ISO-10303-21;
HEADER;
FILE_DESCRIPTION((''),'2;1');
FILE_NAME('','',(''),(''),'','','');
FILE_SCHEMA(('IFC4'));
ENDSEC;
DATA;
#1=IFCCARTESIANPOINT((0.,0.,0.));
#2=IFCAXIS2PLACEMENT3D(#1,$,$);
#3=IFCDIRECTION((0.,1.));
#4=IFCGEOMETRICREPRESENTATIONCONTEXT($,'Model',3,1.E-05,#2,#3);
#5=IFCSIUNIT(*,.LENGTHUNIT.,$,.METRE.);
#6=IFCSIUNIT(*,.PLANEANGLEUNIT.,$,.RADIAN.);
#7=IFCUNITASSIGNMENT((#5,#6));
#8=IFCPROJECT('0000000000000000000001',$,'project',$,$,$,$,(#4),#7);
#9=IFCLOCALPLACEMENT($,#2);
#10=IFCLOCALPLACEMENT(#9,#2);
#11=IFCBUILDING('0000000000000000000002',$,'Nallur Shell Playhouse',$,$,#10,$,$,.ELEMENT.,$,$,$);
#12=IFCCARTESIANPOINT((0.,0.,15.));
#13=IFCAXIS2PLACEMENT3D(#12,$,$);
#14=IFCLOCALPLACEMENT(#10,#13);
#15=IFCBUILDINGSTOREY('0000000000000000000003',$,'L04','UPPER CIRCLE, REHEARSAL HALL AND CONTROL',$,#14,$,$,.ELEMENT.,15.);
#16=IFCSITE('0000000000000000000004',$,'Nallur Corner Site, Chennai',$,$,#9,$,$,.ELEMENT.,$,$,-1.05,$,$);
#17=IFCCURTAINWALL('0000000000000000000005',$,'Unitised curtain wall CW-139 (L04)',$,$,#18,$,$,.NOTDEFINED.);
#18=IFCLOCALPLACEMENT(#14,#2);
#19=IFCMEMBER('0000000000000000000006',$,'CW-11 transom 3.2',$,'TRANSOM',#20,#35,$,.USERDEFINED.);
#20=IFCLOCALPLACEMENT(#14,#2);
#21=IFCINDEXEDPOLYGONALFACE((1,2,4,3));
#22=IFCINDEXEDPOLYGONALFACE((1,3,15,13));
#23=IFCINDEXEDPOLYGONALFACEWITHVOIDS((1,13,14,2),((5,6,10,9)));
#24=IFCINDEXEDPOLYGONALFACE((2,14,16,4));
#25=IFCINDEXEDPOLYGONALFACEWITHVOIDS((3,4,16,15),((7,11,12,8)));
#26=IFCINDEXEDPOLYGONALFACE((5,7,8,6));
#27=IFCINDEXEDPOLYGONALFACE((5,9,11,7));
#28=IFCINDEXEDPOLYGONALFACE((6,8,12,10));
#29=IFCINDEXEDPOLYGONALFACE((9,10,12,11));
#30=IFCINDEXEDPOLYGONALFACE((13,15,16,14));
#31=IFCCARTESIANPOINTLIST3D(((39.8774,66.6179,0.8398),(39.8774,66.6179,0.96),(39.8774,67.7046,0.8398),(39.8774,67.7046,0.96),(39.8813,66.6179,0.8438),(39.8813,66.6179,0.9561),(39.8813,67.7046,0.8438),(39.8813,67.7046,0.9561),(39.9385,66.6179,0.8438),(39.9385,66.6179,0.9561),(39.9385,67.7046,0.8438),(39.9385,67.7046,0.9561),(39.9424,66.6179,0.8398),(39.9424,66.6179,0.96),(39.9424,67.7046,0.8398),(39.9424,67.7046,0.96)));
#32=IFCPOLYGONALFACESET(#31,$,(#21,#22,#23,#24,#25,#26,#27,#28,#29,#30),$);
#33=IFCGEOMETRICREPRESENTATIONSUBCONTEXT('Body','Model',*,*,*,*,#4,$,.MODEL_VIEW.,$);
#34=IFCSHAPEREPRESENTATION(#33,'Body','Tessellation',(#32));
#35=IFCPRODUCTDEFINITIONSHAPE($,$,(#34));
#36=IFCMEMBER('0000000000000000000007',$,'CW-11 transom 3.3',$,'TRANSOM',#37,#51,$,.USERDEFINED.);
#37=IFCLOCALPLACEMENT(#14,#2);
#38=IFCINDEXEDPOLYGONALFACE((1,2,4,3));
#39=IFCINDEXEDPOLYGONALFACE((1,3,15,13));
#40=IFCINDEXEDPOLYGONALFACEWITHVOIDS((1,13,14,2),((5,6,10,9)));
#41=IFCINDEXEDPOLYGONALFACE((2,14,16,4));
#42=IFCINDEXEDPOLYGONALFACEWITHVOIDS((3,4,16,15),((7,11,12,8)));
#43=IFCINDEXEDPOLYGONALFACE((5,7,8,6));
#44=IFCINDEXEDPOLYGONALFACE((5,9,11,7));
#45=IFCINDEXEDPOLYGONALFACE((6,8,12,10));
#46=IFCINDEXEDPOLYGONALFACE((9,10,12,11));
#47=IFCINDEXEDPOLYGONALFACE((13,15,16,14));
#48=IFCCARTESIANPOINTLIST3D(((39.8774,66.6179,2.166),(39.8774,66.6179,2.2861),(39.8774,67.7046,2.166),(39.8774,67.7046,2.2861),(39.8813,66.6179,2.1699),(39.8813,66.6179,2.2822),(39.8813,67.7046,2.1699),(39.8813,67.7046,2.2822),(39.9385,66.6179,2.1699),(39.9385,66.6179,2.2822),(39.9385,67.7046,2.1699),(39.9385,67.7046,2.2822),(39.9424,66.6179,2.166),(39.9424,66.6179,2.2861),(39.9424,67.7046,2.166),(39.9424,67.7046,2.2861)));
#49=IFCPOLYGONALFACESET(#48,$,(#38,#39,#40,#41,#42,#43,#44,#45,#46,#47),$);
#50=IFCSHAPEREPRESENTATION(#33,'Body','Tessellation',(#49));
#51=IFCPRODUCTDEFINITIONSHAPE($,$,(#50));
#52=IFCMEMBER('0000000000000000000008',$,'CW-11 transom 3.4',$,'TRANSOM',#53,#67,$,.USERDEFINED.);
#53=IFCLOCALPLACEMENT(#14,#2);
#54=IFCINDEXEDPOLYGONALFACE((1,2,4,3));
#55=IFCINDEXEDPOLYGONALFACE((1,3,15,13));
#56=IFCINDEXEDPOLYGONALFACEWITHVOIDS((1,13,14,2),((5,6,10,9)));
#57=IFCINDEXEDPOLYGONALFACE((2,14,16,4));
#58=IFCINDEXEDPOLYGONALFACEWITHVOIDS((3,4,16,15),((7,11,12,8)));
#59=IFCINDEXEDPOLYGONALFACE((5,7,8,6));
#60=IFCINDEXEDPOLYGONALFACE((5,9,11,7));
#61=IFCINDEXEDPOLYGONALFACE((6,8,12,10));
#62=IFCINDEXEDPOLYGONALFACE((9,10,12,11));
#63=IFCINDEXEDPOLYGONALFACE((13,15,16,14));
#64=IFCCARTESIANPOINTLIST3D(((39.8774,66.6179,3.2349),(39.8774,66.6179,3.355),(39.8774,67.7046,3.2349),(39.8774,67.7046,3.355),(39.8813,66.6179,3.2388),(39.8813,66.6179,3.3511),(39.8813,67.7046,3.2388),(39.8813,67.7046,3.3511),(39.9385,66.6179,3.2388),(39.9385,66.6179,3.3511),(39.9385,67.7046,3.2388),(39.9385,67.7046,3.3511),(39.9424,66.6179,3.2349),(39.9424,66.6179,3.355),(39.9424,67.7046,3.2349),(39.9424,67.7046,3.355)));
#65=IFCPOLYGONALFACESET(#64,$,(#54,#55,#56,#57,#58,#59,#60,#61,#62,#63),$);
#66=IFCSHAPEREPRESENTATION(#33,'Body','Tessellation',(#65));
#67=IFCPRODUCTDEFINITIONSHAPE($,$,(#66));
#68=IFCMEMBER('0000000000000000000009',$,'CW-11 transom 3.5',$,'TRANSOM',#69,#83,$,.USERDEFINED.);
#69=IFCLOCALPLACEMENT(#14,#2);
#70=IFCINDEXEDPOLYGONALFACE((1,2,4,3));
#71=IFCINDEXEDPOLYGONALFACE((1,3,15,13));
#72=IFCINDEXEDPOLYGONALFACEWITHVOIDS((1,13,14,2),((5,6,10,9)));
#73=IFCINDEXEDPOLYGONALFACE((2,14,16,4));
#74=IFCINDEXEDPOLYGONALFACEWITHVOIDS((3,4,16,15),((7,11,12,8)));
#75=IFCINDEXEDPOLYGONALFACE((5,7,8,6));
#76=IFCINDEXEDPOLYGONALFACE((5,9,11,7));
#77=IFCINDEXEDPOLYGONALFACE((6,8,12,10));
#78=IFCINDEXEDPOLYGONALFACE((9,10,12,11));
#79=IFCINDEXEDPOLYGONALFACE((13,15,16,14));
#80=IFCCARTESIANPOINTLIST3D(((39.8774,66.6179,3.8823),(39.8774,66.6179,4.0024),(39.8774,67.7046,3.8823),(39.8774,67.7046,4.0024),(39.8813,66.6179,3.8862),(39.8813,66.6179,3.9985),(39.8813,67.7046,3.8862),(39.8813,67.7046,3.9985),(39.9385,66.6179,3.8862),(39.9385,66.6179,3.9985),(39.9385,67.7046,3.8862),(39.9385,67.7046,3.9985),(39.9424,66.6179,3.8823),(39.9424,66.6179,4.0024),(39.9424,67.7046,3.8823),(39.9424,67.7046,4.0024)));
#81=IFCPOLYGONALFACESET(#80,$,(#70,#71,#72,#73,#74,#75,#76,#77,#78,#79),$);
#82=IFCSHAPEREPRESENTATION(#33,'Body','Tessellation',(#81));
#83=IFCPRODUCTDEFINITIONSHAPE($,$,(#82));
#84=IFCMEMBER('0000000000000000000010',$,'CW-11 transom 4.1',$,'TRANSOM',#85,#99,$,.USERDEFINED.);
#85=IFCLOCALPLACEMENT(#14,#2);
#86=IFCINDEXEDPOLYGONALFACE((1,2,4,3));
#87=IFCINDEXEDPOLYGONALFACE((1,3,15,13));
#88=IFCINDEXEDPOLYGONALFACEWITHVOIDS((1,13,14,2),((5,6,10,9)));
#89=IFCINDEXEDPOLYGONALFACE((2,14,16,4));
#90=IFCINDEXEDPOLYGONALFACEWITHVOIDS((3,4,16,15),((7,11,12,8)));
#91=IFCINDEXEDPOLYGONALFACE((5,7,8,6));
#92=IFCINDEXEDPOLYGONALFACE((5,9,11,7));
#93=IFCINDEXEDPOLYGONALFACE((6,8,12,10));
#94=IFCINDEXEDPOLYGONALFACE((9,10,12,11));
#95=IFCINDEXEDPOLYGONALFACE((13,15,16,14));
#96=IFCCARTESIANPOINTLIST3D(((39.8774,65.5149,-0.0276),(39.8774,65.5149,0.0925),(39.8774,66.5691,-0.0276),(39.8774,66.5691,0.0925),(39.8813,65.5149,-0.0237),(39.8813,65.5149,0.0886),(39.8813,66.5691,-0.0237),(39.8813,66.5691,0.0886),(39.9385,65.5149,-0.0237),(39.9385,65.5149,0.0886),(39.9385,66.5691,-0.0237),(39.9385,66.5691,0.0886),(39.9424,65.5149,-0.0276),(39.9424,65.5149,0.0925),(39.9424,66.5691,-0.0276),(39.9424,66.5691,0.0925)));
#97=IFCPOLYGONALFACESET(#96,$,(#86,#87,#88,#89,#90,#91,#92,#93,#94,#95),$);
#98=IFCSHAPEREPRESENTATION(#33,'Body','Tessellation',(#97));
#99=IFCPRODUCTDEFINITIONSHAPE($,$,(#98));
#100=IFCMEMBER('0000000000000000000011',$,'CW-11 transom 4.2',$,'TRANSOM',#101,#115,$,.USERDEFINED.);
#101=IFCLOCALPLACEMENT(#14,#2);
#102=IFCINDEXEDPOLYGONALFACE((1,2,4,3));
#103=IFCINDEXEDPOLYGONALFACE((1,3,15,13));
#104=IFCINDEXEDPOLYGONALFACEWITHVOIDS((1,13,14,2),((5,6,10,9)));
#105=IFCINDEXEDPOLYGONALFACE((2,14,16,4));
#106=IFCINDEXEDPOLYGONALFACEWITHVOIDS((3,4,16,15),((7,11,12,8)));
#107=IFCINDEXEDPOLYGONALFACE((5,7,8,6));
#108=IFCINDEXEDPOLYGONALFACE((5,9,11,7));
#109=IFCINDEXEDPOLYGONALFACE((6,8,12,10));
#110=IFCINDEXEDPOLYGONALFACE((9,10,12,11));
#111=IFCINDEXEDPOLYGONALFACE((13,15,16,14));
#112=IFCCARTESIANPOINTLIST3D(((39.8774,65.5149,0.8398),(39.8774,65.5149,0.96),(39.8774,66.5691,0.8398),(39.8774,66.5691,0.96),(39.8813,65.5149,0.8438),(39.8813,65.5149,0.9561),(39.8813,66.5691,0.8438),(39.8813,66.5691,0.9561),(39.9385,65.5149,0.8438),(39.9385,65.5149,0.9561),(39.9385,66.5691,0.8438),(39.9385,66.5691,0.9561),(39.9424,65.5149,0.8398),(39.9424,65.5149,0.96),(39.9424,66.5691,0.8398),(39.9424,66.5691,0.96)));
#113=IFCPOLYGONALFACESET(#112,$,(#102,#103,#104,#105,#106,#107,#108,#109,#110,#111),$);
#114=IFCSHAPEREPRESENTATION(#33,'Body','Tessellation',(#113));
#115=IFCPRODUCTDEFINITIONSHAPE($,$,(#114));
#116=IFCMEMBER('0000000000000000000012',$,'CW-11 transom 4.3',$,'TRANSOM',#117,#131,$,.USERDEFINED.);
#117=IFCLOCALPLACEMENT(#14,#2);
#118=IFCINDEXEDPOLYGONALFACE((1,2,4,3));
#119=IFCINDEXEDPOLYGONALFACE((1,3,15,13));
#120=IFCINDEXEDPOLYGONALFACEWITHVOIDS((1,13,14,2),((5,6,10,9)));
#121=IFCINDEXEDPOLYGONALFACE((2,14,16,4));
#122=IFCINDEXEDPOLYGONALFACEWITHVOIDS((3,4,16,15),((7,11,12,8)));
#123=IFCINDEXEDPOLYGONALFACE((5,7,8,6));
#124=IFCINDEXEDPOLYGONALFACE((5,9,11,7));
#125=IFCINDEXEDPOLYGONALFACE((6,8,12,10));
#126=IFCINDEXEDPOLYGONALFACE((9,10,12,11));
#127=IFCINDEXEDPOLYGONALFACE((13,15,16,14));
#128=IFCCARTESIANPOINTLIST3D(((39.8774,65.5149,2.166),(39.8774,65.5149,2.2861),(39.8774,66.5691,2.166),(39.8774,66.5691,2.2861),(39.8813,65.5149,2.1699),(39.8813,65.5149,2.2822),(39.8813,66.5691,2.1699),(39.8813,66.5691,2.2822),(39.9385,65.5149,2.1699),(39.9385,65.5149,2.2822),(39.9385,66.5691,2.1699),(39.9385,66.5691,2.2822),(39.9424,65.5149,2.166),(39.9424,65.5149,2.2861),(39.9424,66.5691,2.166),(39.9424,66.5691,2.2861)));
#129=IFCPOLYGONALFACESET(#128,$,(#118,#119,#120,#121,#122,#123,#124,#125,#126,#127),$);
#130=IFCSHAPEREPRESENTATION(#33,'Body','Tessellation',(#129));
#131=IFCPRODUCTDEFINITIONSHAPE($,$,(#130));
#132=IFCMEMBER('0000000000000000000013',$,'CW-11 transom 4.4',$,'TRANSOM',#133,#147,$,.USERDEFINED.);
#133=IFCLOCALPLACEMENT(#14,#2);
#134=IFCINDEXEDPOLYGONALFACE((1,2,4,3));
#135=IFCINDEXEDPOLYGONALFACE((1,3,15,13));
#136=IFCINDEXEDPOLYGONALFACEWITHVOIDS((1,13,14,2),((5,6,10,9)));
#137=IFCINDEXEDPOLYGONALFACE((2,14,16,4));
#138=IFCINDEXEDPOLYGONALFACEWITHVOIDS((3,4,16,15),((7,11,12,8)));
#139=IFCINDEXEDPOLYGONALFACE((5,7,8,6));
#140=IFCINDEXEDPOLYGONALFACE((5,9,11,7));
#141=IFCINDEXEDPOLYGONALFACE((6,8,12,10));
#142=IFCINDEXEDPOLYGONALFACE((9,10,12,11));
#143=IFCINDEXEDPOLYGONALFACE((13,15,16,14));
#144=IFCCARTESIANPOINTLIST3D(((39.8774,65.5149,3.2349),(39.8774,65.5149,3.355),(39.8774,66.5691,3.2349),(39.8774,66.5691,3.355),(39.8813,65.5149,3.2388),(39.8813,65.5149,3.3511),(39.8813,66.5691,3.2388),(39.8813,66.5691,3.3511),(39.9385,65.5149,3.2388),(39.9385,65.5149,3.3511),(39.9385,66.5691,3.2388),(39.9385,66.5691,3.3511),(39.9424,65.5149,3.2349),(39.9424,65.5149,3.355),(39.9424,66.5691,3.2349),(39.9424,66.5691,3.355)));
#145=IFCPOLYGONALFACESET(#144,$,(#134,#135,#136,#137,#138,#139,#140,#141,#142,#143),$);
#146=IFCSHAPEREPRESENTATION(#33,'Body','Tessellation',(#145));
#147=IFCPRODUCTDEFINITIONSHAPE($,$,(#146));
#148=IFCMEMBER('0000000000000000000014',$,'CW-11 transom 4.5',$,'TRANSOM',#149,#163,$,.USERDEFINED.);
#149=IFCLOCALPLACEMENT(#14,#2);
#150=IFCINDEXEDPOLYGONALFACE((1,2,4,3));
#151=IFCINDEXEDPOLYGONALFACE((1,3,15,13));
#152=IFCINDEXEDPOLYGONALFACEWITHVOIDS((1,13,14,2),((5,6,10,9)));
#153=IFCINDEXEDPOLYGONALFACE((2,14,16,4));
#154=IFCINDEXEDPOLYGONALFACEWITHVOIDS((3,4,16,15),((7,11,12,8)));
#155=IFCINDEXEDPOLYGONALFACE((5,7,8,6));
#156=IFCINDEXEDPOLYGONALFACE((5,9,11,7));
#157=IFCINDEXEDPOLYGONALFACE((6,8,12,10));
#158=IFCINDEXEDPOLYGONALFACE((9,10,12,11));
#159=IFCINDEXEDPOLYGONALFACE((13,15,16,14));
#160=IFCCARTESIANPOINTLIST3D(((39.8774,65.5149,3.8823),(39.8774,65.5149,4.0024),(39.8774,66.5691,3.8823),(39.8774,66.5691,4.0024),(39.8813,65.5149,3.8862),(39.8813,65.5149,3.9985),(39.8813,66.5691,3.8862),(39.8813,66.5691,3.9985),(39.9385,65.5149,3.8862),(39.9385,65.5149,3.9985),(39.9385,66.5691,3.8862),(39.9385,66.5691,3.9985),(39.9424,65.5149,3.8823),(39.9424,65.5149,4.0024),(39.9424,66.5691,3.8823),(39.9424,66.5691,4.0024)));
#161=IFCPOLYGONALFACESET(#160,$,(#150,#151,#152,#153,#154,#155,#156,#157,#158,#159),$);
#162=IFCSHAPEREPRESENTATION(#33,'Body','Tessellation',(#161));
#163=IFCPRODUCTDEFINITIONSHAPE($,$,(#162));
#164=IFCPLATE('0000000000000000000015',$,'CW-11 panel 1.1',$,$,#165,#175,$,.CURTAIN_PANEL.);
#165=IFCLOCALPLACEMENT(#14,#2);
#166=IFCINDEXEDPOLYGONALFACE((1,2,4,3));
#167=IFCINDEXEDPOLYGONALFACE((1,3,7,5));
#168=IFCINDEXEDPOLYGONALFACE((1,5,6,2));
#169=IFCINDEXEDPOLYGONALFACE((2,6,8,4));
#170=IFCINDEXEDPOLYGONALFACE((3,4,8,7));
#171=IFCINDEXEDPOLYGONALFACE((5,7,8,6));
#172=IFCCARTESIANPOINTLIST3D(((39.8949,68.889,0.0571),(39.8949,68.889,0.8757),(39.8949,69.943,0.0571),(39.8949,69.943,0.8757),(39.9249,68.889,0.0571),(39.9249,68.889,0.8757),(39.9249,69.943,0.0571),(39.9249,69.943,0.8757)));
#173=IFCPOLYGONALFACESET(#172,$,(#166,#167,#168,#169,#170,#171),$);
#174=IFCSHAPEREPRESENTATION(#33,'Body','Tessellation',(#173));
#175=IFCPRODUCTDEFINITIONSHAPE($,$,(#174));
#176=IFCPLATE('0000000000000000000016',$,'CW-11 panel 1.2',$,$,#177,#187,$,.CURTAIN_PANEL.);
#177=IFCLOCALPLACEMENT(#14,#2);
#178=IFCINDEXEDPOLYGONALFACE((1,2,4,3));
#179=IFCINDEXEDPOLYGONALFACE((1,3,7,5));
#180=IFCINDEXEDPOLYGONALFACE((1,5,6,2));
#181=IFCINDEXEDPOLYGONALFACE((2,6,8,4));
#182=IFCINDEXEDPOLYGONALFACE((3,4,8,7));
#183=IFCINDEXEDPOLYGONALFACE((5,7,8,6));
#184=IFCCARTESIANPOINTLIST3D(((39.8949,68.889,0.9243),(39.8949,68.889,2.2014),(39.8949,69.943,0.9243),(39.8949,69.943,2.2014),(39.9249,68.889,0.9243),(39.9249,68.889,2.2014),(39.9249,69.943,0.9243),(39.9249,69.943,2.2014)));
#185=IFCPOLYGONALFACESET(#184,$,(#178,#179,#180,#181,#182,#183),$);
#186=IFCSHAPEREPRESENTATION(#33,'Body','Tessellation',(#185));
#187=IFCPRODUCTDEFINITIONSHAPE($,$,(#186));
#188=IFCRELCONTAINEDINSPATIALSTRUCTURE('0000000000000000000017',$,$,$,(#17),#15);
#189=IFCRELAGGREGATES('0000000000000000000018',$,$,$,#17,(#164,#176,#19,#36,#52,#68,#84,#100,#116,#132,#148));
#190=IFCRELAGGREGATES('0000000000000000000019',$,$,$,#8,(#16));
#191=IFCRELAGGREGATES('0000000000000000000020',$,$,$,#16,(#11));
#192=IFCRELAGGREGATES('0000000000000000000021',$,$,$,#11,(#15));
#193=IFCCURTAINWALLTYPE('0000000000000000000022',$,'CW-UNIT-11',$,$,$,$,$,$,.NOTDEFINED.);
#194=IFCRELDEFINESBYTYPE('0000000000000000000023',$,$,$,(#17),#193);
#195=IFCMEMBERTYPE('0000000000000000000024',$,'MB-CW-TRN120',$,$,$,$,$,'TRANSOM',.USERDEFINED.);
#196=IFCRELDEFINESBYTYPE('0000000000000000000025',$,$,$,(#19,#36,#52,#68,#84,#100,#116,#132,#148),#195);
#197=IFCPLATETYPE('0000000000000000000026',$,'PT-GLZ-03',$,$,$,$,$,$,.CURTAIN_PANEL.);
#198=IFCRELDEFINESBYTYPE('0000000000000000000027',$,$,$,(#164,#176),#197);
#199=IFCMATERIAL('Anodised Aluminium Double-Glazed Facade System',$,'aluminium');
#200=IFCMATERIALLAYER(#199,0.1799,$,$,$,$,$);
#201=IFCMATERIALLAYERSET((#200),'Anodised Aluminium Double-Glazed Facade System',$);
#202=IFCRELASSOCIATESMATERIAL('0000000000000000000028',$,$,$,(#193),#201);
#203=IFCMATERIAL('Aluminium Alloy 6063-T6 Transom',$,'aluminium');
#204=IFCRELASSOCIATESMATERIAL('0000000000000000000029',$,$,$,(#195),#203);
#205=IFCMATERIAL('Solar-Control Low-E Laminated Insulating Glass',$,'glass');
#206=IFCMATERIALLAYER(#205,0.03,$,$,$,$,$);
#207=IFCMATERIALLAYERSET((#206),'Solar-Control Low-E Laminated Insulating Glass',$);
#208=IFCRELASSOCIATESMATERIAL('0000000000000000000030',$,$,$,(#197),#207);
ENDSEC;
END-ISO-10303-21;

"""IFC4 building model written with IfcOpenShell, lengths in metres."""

from ifc_helpers import new_model, si_unit, direction, frame, origin, origin_2d, place, context, subcontext, project, spatial, rectangle, hollow_rectangle, extrude, material, layer, layer_set, material_profile, profile_set, type_object, element, aggregate, save


model = new_model("IFC4")

# Units and contexts
model_context = context("Model", 3, precision=1e-05, world=origin(), true_north=direction((0.0, 1.0)))
body_context = subcontext(model_context, "Body", "Model", "MODEL_VIEW")
ifc_project = project(units=[si_unit("LENGTHUNIT", "METRE"), si_unit("PLANEANGLEUNIT", "RADIAN")], contexts=[model_context])

# Site, building, storey
site_placement = place(None, origin())
site = spatial("IfcSite", under=ifc_project, at=site_placement, Name="Nallur Corner Site, Chennai", CompositionType="ELEMENT", RefElevation=-1.05)
building_placement = place(site_placement, origin())
building = spatial("IfcBuilding", under=site, at=building_placement, Name="Nallur Shell Playhouse", CompositionType="ELEMENT")
storey_placement = place(building_placement, frame((0.0, 0.0, 15.0)))
storey = spatial("IfcBuildingStorey", under=building, at=storey_placement, Name="L04", Description="UPPER CIRCLE, REHEARSAL HALL AND CONTROL", CompositionType="ELEMENT", Elevation=15.0)

# Curtain wall, members, plates
ifc_material_1 = material(Name="Anodised Aluminium Double-Glazed Facade System", Category="aluminium")
ifc_layer_1 = layer(ifc_material_1, 0.1799)
ifc_layer_set_1 = layer_set([ifc_layer_1], Name="Anodised Aluminium Double-Glazed Facade System")
curtain_wall_type = type_object("IfcCurtainWallType", Name="CW-UNIT-11", PredefinedType="NOTDEFINED", material=ifc_layer_set_1)
curtain_wall_placement = place(storey_placement, origin())
curtain_wall = element("IfcCurtainWall", 1, at=curtain_wall_placement, inside=storey, type_object=curtain_wall_type, Name="Unitised curtain wall CW-139 (L04)", PredefinedType="NOTDEFINED")
ifc_material_2 = material(Name="Aluminium Alloy 6063-T6 Transom", Category="aluminium")
ifc_material_profile_1 = material_profile(ifc_material_2, hollow_rectangle(XDim=0.0649, YDim=0.1201, WallThickness=0.0039, at=origin_2d()), Name="ALU 65x120x4")
ifc_profile_set_1 = profile_set([ifc_material_profile_1], Name="Aluminium Alloy 6063-T6 Transom")
member_type_1 = type_object("IfcMemberType", Name="MB-CW-TRN120", ElementType="TRANSOM", PredefinedType="USERDEFINED", material=ifc_profile_set_1)
member_1_placement = place(storey_placement, frame((39.9099, 67.7046, 0.8999), z_axis=(0.0, -1.0, 0.0), x_axis=(1.0, 0.0, 0.0)))
member_1 = element("IfcMember", 2, at=member_1_placement, type_object=member_type_1, Name="CW-11 transom 3.2", ObjectType="TRANSOM", PredefinedType="USERDEFINED", context=body_context, shape_type="SweptSolid", body=[
    extrude(hollow_rectangle(XDim=0.0649, YDim=0.1201, WallThickness=0.0039, at=origin_2d()), origin(), (0.0, 0.0, 1.0), 1.0867),
])
member_2_placement = place(storey_placement, frame((39.9099, 67.7046, 2.2261), z_axis=(0.0, -1.0, 0.0), x_axis=(1.0, 0.0, 0.0)))
member_2 = element("IfcMember", 3, at=member_2_placement, type_object=member_type_1, Name="CW-11 transom 3.3", ObjectType="TRANSOM", PredefinedType="USERDEFINED", context=body_context, shape_type="SweptSolid", body=[
    extrude(hollow_rectangle(XDim=0.0649, YDim=0.1201, WallThickness=0.0039, at=origin_2d()), origin(), (0.0, 0.0, 1.0), 1.0867),
])
member_3_placement = place(storey_placement, frame((39.9099, 67.7046, 3.2949), z_axis=(0.0, -1.0, 0.0), x_axis=(1.0, 0.0, 0.0)))
member_3 = element("IfcMember", 4, at=member_3_placement, type_object=member_type_1, Name="CW-11 transom 3.4", ObjectType="TRANSOM", PredefinedType="USERDEFINED", context=body_context, shape_type="SweptSolid", body=[
    extrude(hollow_rectangle(XDim=0.0649, YDim=0.1201, WallThickness=0.0039, at=origin_2d()), origin(), (0.0, 0.0, 1.0), 1.0867),
])
member_4_placement = place(storey_placement, frame((39.9099, 67.7046, 3.9424), z_axis=(0.0, -1.0, 0.0), x_axis=(1.0, 0.0, 0.0)))
member_4 = element("IfcMember", 5, at=member_4_placement, type_object=member_type_1, Name="CW-11 transom 3.5", ObjectType="TRANSOM", PredefinedType="USERDEFINED", context=body_context, shape_type="SweptSolid", body=[
    extrude(hollow_rectangle(XDim=0.0649, YDim=0.1201, WallThickness=0.0039, at=origin_2d()), origin(), (0.0, 0.0, 1.0), 1.0867),
])
member_5_placement = place(storey_placement, frame((39.9099, 66.5691, 0.0325), z_axis=(0.0, -1.0, 0.0), x_axis=(1.0, 0.0, 0.0)))
member_5 = element("IfcMember", 6, at=member_5_placement, type_object=member_type_1, Name="CW-11 transom 4.1", ObjectType="TRANSOM", PredefinedType="USERDEFINED", context=body_context, shape_type="SweptSolid", body=[
    extrude(hollow_rectangle(XDim=0.0649, YDim=0.1201, WallThickness=0.0039, at=origin_2d()), origin(), (0.0, 0.0, 1.0), 1.0542),
])
member_6_placement = place(storey_placement, frame((39.9099, 66.5691, 0.8999), z_axis=(0.0, -1.0, 0.0), x_axis=(1.0, 0.0, 0.0)))
member_6 = element("IfcMember", 7, at=member_6_placement, type_object=member_type_1, Name="CW-11 transom 4.2", ObjectType="TRANSOM", PredefinedType="USERDEFINED", context=body_context, shape_type="SweptSolid", body=[
    extrude(hollow_rectangle(XDim=0.0649, YDim=0.1201, WallThickness=0.0039, at=origin_2d()), origin(), (0.0, 0.0, 1.0), 1.0542),
])
member_7_placement = place(storey_placement, frame((39.9099, 66.5691, 2.2261), z_axis=(0.0, -1.0, 0.0), x_axis=(1.0, 0.0, 0.0)))
member_7 = element("IfcMember", 8, at=member_7_placement, type_object=member_type_1, Name="CW-11 transom 4.3", ObjectType="TRANSOM", PredefinedType="USERDEFINED", context=body_context, shape_type="SweptSolid", body=[
    extrude(hollow_rectangle(XDim=0.0649, YDim=0.1201, WallThickness=0.0039, at=origin_2d()), origin(), (0.0, 0.0, 1.0), 1.0542),
])
member_8_placement = place(storey_placement, frame((39.9099, 66.5691, 3.2949), z_axis=(0.0, -1.0, 0.0), x_axis=(1.0, 0.0, 0.0)))
member_8 = element("IfcMember", 9, at=member_8_placement, type_object=member_type_1, Name="CW-11 transom 4.4", ObjectType="TRANSOM", PredefinedType="USERDEFINED", context=body_context, shape_type="SweptSolid", body=[
    extrude(hollow_rectangle(XDim=0.0649, YDim=0.1201, WallThickness=0.0039, at=origin_2d()), origin(), (0.0, 0.0, 1.0), 1.0542),
])
member_9_placement = place(storey_placement, frame((39.9099, 66.5691, 3.9424), z_axis=(0.0, -1.0, 0.0), x_axis=(1.0, 0.0, 0.0)))
member_9 = element("IfcMember", 10, at=member_9_placement, type_object=member_type_1, Name="CW-11 transom 4.5", ObjectType="TRANSOM", PredefinedType="USERDEFINED", context=body_context, shape_type="SweptSolid", body=[
    extrude(hollow_rectangle(XDim=0.0649, YDim=0.1201, WallThickness=0.0039, at=origin_2d()), origin(), (0.0, 0.0, 1.0), 1.0542),
])
ifc_material_3 = material(Name="Solar-Control Low-E Laminated Insulating Glass", Category="glass")
ifc_layer_2 = layer(ifc_material_3, 0.03)
ifc_layer_set_2 = layer_set([ifc_layer_2], Name="Solar-Control Low-E Laminated Insulating Glass")
plate_type = type_object("IfcPlateType", Name="PT-GLZ-03", PredefinedType="CURTAIN_PANEL", material=ifc_layer_set_2)
plate_1_placement = place(storey_placement, frame((39.9099, 69.416, 0.0571), z_axis=(0.0, 0.0, 1.0), x_axis=(0.0, -1.0, 0.0)))
plate_1 = element("IfcPlate", 11, at=plate_1_placement, type_object=plate_type, Name="CW-11 panel 1.1", PredefinedType="CURTAIN_PANEL", context=body_context, shape_type="SweptSolid", body=[
    extrude(rectangle(XDim=1.054, YDim=0.03, at=origin_2d()), origin(), (0.0, 0.0, 1.0), 0.8186),
])
plate_2_placement = place(storey_placement, frame((39.9099, 69.416, 0.9243), z_axis=(0.0, 0.0, 1.0), x_axis=(0.0, -1.0, 0.0)))
plate_2 = element("IfcPlate", 12, at=plate_2_placement, type_object=plate_type, Name="CW-11 panel 1.2", PredefinedType="CURTAIN_PANEL", context=body_context, shape_type="SweptSolid", body=[
    extrude(rectangle(XDim=1.054, YDim=0.03, at=origin_2d()), origin(), (0.0, 0.0, 1.0), 1.2771),
])
aggregate(curtain_wall, [plate_1, plate_2, member_1, member_2, member_3, member_4, member_5, member_6, member_7, member_8, member_9])

save(model, "model.ifc")
